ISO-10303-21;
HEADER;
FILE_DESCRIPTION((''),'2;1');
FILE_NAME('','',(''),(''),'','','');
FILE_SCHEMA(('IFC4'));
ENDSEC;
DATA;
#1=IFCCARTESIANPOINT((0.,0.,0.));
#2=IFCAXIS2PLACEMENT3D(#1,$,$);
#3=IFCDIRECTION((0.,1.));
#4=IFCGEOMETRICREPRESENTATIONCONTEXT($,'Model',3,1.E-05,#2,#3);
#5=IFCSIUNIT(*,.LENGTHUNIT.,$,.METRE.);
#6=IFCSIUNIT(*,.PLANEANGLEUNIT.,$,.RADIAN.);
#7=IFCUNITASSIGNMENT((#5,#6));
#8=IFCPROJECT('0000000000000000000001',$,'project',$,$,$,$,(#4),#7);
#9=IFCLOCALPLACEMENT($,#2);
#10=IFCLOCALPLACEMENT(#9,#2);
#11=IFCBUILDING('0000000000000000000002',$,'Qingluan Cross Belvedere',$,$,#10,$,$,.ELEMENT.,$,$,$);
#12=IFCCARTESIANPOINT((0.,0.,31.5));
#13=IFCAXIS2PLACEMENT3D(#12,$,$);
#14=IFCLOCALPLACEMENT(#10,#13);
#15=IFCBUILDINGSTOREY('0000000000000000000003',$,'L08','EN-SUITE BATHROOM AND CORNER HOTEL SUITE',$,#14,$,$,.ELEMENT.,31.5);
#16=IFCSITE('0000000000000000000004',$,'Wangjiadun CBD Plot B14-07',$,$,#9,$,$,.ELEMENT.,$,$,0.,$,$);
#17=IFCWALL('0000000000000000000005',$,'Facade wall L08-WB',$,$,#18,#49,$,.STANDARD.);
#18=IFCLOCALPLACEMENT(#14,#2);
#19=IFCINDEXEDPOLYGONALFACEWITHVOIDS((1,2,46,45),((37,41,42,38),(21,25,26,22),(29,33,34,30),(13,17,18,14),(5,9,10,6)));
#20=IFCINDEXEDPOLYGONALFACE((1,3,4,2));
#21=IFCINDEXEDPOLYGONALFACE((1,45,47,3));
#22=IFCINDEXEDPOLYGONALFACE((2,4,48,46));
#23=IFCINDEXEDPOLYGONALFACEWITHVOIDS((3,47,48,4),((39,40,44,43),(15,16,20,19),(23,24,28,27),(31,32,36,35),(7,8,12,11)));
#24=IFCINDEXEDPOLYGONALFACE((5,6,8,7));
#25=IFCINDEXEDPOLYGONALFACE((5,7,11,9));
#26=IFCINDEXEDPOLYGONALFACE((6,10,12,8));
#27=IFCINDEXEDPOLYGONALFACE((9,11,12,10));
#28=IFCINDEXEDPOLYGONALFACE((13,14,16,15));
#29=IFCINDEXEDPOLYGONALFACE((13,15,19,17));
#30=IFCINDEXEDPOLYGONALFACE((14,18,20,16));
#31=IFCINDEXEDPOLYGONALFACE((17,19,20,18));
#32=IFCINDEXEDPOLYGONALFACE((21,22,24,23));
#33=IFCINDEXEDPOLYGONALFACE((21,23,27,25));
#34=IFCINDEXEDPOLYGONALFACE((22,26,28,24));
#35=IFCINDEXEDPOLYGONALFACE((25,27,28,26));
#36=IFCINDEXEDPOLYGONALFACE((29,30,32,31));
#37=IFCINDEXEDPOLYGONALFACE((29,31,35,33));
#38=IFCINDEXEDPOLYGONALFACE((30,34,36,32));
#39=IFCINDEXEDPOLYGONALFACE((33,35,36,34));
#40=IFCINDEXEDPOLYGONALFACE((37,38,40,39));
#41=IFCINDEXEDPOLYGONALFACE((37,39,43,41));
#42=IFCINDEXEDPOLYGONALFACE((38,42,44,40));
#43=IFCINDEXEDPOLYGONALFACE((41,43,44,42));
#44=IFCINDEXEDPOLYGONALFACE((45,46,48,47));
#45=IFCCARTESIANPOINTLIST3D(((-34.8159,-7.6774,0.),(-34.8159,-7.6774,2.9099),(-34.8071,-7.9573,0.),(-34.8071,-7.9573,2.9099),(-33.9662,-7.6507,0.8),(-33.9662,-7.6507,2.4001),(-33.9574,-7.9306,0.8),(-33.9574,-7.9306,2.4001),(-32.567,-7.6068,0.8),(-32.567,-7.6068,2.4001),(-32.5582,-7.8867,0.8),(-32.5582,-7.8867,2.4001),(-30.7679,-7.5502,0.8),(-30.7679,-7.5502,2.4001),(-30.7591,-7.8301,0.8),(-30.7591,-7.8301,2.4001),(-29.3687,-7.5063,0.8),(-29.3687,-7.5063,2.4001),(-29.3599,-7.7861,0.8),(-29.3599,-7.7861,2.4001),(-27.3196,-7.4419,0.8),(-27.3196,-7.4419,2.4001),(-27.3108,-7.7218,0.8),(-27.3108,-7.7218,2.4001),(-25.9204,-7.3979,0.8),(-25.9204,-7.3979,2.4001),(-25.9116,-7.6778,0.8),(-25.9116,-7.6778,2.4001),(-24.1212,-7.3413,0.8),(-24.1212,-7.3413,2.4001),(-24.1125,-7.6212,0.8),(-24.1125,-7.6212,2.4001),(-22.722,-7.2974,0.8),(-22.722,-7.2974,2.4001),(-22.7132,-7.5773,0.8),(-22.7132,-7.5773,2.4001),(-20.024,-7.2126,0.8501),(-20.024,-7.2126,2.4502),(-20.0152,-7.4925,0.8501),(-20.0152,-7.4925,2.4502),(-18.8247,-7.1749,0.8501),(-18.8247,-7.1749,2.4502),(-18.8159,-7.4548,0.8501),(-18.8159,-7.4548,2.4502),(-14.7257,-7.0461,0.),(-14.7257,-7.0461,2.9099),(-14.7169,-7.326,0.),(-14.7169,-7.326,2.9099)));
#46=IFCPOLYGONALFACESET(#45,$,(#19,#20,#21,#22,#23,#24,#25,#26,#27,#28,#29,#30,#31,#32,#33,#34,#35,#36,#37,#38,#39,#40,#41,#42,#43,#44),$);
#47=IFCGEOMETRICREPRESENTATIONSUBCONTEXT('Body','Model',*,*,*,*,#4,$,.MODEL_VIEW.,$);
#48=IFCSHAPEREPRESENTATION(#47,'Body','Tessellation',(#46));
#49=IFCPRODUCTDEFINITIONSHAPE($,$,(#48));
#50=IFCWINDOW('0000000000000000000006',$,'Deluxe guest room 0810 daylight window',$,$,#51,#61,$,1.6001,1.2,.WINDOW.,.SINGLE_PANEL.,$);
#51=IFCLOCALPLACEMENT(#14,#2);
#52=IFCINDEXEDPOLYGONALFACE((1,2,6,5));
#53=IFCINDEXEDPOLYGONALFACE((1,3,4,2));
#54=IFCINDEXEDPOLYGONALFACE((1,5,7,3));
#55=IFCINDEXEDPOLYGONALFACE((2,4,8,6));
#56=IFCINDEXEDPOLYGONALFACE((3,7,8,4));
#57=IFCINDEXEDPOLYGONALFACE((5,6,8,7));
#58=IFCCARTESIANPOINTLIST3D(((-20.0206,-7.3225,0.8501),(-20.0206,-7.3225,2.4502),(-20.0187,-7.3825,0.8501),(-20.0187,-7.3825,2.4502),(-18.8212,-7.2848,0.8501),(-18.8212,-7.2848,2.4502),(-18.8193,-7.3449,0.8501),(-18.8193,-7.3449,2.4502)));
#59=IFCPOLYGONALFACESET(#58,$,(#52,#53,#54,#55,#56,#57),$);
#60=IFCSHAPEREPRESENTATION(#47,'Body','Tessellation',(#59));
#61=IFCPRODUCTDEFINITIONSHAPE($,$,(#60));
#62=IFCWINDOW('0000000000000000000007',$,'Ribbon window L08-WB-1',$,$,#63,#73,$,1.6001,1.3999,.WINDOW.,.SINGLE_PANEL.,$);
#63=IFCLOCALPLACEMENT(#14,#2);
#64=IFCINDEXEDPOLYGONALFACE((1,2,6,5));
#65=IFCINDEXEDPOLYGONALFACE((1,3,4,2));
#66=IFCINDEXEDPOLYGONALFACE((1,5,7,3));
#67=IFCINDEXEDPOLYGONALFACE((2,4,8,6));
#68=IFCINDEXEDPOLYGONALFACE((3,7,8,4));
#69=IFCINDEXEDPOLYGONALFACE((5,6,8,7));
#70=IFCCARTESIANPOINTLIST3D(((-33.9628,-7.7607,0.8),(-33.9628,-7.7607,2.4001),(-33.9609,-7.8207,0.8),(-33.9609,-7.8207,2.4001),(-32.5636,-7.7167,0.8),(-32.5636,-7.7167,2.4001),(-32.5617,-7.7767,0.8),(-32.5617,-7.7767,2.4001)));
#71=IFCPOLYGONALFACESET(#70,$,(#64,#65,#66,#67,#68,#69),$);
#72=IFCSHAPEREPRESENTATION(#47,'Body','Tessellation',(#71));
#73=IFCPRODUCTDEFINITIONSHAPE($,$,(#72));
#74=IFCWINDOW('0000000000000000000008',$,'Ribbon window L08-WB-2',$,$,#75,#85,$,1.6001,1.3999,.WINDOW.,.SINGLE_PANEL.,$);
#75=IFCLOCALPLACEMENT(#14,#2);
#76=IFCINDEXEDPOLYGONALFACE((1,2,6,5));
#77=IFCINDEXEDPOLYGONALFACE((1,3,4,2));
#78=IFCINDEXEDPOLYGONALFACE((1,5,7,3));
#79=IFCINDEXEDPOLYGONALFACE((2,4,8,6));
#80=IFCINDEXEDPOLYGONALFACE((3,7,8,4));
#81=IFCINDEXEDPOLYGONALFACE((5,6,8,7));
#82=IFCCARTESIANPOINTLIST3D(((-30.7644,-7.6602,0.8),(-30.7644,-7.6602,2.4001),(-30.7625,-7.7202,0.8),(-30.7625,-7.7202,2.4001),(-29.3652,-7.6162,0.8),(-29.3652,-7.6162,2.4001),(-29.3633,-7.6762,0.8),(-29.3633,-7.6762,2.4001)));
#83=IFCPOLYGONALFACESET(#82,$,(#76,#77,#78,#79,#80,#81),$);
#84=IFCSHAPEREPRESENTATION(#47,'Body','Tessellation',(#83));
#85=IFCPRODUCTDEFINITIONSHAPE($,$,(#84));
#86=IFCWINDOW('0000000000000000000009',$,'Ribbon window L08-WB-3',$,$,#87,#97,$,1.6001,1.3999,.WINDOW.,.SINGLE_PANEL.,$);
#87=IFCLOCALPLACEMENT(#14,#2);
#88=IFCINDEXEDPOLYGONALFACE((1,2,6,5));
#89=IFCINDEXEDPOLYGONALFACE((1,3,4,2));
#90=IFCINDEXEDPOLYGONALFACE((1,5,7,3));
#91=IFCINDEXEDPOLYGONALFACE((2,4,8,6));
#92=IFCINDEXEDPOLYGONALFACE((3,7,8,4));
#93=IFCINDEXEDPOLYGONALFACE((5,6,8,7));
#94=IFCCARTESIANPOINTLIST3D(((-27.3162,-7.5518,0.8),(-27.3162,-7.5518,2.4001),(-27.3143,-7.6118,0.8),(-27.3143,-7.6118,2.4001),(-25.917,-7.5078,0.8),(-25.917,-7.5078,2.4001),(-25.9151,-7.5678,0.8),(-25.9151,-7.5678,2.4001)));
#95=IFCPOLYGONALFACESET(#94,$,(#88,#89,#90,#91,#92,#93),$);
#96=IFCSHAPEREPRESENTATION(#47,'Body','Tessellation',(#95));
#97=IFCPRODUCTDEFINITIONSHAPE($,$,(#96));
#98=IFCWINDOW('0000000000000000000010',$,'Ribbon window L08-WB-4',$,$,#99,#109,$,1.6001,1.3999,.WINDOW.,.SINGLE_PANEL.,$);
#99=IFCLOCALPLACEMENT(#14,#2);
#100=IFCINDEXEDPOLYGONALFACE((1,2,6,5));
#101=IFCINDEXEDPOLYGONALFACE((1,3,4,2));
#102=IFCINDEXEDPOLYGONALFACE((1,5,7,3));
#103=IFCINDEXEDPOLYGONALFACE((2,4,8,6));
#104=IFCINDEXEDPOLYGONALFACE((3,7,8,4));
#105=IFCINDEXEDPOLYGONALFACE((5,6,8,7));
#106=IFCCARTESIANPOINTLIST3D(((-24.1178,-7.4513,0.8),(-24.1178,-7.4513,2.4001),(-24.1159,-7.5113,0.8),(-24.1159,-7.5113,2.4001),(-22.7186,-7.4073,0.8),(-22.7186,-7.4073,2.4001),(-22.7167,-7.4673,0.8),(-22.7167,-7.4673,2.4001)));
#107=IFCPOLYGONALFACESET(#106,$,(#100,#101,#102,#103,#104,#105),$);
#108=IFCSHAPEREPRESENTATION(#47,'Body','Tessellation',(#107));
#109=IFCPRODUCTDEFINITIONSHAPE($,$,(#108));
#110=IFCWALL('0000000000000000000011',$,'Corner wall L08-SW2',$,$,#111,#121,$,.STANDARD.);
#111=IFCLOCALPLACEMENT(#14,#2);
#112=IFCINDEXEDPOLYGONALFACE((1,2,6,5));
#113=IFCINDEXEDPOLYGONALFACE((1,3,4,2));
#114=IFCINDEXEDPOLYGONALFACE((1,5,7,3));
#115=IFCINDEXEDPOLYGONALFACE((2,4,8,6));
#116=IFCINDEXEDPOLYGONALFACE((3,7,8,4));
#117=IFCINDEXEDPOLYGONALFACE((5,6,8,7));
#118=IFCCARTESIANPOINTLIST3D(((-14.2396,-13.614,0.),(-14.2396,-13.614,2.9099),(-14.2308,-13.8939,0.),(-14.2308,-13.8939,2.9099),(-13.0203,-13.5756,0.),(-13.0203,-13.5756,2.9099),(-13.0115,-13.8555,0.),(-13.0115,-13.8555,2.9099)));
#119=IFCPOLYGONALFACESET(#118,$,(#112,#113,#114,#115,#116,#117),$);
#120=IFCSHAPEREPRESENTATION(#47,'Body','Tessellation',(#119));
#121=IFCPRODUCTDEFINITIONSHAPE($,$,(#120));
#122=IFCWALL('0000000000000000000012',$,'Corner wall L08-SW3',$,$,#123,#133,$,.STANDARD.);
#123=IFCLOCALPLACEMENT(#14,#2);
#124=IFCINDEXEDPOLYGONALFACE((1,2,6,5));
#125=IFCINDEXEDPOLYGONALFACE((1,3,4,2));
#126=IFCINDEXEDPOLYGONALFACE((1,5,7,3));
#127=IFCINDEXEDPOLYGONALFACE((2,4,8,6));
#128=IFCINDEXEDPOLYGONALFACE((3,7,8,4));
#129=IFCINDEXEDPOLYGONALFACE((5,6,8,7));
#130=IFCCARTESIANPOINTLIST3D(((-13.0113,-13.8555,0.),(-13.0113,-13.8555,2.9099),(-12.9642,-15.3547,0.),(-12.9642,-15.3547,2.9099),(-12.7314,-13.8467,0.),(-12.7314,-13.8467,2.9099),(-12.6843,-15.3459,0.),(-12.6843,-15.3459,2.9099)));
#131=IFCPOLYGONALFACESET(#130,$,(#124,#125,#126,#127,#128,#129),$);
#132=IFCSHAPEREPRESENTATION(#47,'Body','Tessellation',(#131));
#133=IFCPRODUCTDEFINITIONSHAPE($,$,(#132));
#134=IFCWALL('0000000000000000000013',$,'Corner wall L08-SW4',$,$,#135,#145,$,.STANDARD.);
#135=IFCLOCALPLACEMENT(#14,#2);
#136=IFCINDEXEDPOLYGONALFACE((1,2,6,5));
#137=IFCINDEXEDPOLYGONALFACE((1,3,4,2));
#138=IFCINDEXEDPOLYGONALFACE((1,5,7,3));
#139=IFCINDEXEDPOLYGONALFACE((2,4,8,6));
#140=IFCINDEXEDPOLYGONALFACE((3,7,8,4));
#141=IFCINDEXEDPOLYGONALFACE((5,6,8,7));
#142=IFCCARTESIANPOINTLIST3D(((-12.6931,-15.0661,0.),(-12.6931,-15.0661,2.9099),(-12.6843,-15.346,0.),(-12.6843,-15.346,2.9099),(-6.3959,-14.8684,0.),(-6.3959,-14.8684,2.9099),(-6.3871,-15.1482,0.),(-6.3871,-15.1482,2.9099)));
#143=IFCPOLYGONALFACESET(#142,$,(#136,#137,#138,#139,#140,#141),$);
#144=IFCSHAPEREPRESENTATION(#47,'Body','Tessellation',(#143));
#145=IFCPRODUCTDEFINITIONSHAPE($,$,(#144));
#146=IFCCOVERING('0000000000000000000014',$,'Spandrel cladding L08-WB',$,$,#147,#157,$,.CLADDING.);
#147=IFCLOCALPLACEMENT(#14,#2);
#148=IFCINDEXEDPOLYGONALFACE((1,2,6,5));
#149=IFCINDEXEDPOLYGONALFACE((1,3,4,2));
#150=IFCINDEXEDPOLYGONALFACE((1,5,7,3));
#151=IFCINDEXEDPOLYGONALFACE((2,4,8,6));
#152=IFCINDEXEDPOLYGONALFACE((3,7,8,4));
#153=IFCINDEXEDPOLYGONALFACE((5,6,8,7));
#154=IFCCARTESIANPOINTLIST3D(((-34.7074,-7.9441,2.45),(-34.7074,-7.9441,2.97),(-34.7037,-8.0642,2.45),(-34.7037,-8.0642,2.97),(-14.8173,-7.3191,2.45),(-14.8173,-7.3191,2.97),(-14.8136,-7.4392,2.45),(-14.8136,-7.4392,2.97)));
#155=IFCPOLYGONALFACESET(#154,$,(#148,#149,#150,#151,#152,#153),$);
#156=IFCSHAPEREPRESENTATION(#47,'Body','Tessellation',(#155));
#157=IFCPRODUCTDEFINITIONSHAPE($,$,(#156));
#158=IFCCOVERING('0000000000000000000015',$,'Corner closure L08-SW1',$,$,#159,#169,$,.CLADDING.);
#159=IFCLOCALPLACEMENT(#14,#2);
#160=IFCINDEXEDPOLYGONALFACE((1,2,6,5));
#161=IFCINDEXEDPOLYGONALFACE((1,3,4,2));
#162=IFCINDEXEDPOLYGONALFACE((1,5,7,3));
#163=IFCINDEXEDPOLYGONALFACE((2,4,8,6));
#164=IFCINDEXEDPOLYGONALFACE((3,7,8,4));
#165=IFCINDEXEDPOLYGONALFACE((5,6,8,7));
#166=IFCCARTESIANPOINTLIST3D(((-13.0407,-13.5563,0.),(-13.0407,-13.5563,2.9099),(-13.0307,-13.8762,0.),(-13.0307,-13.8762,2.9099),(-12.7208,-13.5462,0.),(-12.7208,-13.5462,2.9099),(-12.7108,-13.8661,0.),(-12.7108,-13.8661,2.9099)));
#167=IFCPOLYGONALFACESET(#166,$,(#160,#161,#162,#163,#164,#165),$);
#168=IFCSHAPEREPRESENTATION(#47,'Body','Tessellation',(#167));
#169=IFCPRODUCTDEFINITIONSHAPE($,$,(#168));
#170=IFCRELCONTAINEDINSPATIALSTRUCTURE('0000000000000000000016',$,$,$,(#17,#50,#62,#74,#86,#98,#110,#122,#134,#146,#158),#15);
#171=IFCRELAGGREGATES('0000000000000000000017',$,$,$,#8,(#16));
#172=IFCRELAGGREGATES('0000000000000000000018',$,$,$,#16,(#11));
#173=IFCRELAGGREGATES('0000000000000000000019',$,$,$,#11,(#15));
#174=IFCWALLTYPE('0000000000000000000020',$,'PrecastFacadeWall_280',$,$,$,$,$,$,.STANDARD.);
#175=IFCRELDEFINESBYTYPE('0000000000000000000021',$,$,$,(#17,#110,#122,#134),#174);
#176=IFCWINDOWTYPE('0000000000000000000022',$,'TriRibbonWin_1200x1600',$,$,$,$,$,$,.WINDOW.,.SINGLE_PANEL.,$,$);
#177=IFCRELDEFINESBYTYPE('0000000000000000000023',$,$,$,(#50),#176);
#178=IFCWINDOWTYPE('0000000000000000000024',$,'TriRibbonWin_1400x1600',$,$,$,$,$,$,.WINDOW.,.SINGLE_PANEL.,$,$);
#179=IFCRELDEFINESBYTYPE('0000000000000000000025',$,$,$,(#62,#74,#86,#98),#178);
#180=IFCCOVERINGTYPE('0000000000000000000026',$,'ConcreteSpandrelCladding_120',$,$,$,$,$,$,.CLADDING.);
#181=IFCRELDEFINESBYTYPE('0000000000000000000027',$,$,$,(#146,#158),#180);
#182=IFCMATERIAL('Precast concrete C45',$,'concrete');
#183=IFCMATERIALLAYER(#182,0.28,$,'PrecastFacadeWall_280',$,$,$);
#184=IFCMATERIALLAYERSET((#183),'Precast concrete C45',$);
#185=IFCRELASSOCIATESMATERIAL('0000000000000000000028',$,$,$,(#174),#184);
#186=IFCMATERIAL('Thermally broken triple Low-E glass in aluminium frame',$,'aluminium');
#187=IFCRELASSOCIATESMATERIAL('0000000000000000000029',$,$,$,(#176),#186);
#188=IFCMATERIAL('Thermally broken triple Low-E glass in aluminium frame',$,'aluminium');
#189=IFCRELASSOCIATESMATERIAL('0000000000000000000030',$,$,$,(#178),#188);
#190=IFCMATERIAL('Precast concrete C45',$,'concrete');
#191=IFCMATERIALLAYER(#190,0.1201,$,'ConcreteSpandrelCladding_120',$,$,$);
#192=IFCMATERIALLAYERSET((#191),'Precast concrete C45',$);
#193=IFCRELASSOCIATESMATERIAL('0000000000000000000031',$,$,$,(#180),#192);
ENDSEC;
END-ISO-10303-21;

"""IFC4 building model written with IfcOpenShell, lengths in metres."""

from ifc_helpers import new_model, si_unit, direction, frame, frame_2d, origin, origin_2d, place, context, subcontext, project, spatial, rectangle, extrude, material, layer, layer_set, type_object, element, fill, save


model = new_model("IFC4")

# Units and contexts
model_context = context("Model", 3, precision=1e-05, world=origin(), true_north=direction((0.0, 1.0)))
body_context = subcontext(model_context, "Body", "Model", "MODEL_VIEW")
ifc_project = project(units=[si_unit("LENGTHUNIT", "METRE"), si_unit("PLANEANGLEUNIT", "RADIAN")], contexts=[model_context])

# Site, building, storey
site_placement = place(None, origin())
site = spatial("IfcSite", under=ifc_project, at=site_placement, Name="Wangjiadun CBD Plot B14-07", CompositionType="ELEMENT", RefElevation=0.0)
building_placement = place(site_placement, origin())
building = spatial("IfcBuilding", under=site, at=building_placement, Name="Qingluan Cross Belvedere", CompositionType="ELEMENT")
storey_placement = place(building_placement, frame((0.0, 0.0, 31.5)))
storey = spatial("IfcBuildingStorey", under=building, at=storey_placement, Name="L08", Description="EN-SUITE BATHROOM AND CORNER HOTEL SUITE", CompositionType="ELEMENT", Elevation=31.5)

# Wall, openings, windows
ifc_material_1 = material(Name="Precast concrete C45", Category="concrete")
ifc_layer_1 = layer(ifc_material_1, 0.28, Name="PrecastFacadeWall_280")
ifc_layer_set_1 = layer_set([ifc_layer_1], Name="Precast concrete C45")
wall_type_1 = type_object("IfcWallType", Name="PrecastFacadeWall_280", PredefinedType="STANDARD", material=ifc_layer_set_1)
wall_1_placement = place(storey_placement, frame((-34.8115, -7.8174, 0.0), z_axis=(0.0, 0.0, 1.0), x_axis=(0.999507, 0.03141, 0.0)))
wall_1 = element("IfcWall", 1, at=wall_1_placement, inside=storey, type_object=wall_type_1, Name="Facade wall L08-WB", PredefinedType="STANDARD", context=body_context, shape_type="SweptSolid", body=[
    extrude(rectangle(XDim=20.1001, YDim=0.28, at=frame_2d((10.05, 0.0))), origin(), (0.0, 0.0, 1.0), 2.9099),
])
opening_1_placement = place(wall_1_placement, frame((0.8501, 0.0, 0.8)))
opening_1 = element("IfcOpeningElement", 2, at=opening_1_placement, cuts=wall_1, PredefinedType="OPENING", context=body_context, shape_type="SweptSolid", body=[
    extrude(rectangle(XDim=1.3999, YDim=1.6001, at=frame_2d((0.7, 0.8))), frame((0.0, 0.1499, 0.0), z_axis=(0.0, -1.0, 0.0), x_axis=(1.0, 0.0, 0.0)), (0.0, 0.0, 1.0), 0.3),
])
opening_2_placement = place(wall_1_placement, frame((4.05, 0.0, 0.8)))
opening_2 = element("IfcOpeningElement", 3, at=opening_2_placement, cuts=wall_1, PredefinedType="OPENING", context=body_context, shape_type="SweptSolid", body=[
    extrude(rectangle(XDim=1.3999, YDim=1.6001, at=frame_2d((0.7, 0.8))), frame((0.0, 0.1499, 0.0), z_axis=(0.0, -1.0, 0.0), x_axis=(1.0, 0.0, 0.0)), (0.0, 0.0, 1.0), 0.3),
])
opening_3_placement = place(wall_1_placement, frame((7.5, 0.0, 0.8)))
opening_3 = element("IfcOpeningElement", 4, at=opening_3_placement, cuts=wall_1, PredefinedType="OPENING", context=body_context, shape_type="SweptSolid", body=[
    extrude(rectangle(XDim=1.3999, YDim=1.6001, at=frame_2d((0.7, 0.8))), frame((0.0, 0.1499, 0.0), z_axis=(0.0, -1.0, 0.0), x_axis=(1.0, 0.0, 0.0)), (0.0, 0.0, 1.0), 0.3),
])
opening_4_placement = place(wall_1_placement, frame((10.7, 0.0, 0.8)))
opening_4 = element("IfcOpeningElement", 5, at=opening_4_placement, cuts=wall_1, PredefinedType="OPENING", context=body_context, shape_type="SweptSolid", body=[
    extrude(rectangle(XDim=1.3999, YDim=1.6001, at=frame_2d((0.7, 0.8))), frame((0.0, 0.1499, 0.0), z_axis=(0.0, -1.0, 0.0), x_axis=(1.0, 0.0, 0.0)), (0.0, 0.0, 1.0), 0.3),
])
opening_5_placement = place(wall_1_placement, frame((14.7991, 0.0, 0.8501)))
opening_5 = element("IfcOpeningElement", 6, at=opening_5_placement, cuts=wall_1, PredefinedType="OPENING", context=body_context, shape_type="SweptSolid", body=[
    extrude(rectangle(XDim=1.2, YDim=1.6001, at=frame_2d((0.6001, 0.8))), frame((0.0, 0.1499, 0.0), z_axis=(0.0, -1.0, 0.0), x_axis=(1.0, 0.0, 0.0)), (0.0, 0.0, 1.0), 0.3),
])
ifc_material_2 = material(Name="Thermally broken triple Low-E glass in aluminium frame", Category="aluminium")
window_type_1 = type_object("IfcWindowType", Name="TriRibbonWin_1200x1600", PartitioningType="SINGLE_PANEL", PredefinedType="WINDOW", material=ifc_material_2)
window_1_placement = place(opening_5_placement, origin())
window_1 = element("IfcWindow", 7, at=window_1_placement, inside=storey, type_object=window_type_1, Name="Deluxe guest room 0810 daylight window", OverallHeight=1.6001, OverallWidth=1.2, PartitioningType="SINGLE_PANEL", PredefinedType="WINDOW", context=body_context, shape_type="SweptSolid", body=[
    extrude(rectangle(XDim=1.2, YDim=1.6001, at=frame_2d((0.6001, 0.8))), frame((0.0, 0.03, 0.0), z_axis=(0.0, -1.0, 0.0), x_axis=(1.0, 0.0, 0.0)), (0.0, 0.0, 1.0), 0.0601),
])
fill(opening_5, window_1)
ifc_material_3 = material(Name="Thermally broken triple Low-E glass in aluminium frame", Category="aluminium")
window_type_2 = type_object("IfcWindowType", Name="TriRibbonWin_1400x1600", PartitioningType="SINGLE_PANEL", PredefinedType="WINDOW", material=ifc_material_3)
window_2_placement = place(opening_1_placement, origin())
window_2 = element("IfcWindow", 8, at=window_2_placement, inside=storey, type_object=window_type_2, Name="Ribbon window L08-WB-1", OverallHeight=1.6001, OverallWidth=1.3999, PartitioningType="SINGLE_PANEL", PredefinedType="WINDOW", context=body_context, shape_type="SweptSolid", body=[
    extrude(rectangle(XDim=1.3999, YDim=1.6001, at=frame_2d((0.7, 0.8))), frame((0.0, 0.03, 0.0), z_axis=(0.0, -1.0, 0.0), x_axis=(1.0, 0.0, 0.0)), (0.0, 0.0, 1.0), 0.0601),
])
fill(opening_1, window_2)
window_3_placement = place(opening_2_placement, origin())
window_3 = element("IfcWindow", 9, at=window_3_placement, inside=storey, type_object=window_type_2, Name="Ribbon window L08-WB-2", OverallHeight=1.6001, OverallWidth=1.3999, PartitioningType="SINGLE_PANEL", PredefinedType="WINDOW", context=body_context, shape_type="SweptSolid", body=[
    extrude(rectangle(XDim=1.3999, YDim=1.6001, at=frame_2d((0.7, 0.8))), frame((0.0, 0.03, 0.0), z_axis=(0.0, -1.0, 0.0), x_axis=(1.0, 0.0, 0.0)), (0.0, 0.0, 1.0), 0.0601),
])
fill(opening_2, window_3)
window_4_placement = place(opening_3_placement, origin())
window_4 = element("IfcWindow", 10, at=window_4_placement, inside=storey, type_object=window_type_2, Name="Ribbon window L08-WB-3", OverallHeight=1.6001, OverallWidth=1.3999, PartitioningType="SINGLE_PANEL", PredefinedType="WINDOW", context=body_context, shape_type="SweptSolid", body=[
    extrude(rectangle(XDim=1.3999, YDim=1.6001, at=frame_2d((0.7, 0.8))), frame((0.0, 0.03, 0.0), z_axis=(0.0, -1.0, 0.0), x_axis=(1.0, 0.0, 0.0)), (0.0, 0.0, 1.0), 0.0601),
])
fill(opening_3, window_4)
window_5_placement = place(opening_4_placement, origin())
window_5 = element("IfcWindow", 11, at=window_5_placement, inside=storey, type_object=window_type_2, Name="Ribbon window L08-WB-4", OverallHeight=1.6001, OverallWidth=1.3999, PartitioningType="SINGLE_PANEL", PredefinedType="WINDOW", context=body_context, shape_type="SweptSolid", body=[
    extrude(rectangle(XDim=1.3999, YDim=1.6001, at=frame_2d((0.7, 0.8))), frame((0.0, 0.03, 0.0), z_axis=(0.0, -1.0, 0.0), x_axis=(1.0, 0.0, 0.0)), (0.0, 0.0, 1.0), 0.0601),
])
fill(opening_4, window_5)

# Walls
wall_2_placement = place(storey_placement, frame((-14.2351, -13.7539, 0.0), z_axis=(0.0, 0.0, 1.0), x_axis=(0.999506, 0.031416, 0.0)))
element("IfcWall", 12, at=wall_2_placement, inside=storey, type_object=wall_type_1, Name="Corner wall L08-SW2", PredefinedType="STANDARD", context=body_context, shape_type="SweptSolid", body=[
    extrude(rectangle(XDim=1.22, YDim=0.28, at=frame_2d((0.6099, 0.0))), origin(), (0.0, 0.0, 1.0), 2.9099),
])
wall_3_placement = place(storey_placement, frame((-12.8713, -13.8511, 0.0), z_axis=(0.0, 0.0, 1.0), x_axis=(0.031413, -0.999507, 0.0)))
element("IfcWall", 13, at=wall_3_placement, inside=storey, type_object=wall_type_1, Name="Corner wall L08-SW3", PredefinedType="STANDARD", context=body_context, shape_type="SweptSolid", body=[
    extrude(rectangle(XDim=1.5, YDim=0.28, at=frame_2d((0.75, 0.0))), origin(), (0.0, 0.0, 1.0), 2.9099),
])
wall_4_placement = place(storey_placement, frame((-12.6887, -15.2061, 0.0), z_axis=(0.0, 0.0, 1.0), x_axis=(0.999507, 0.031388, 0.0)))
element("IfcWall", 14, at=wall_4_placement, inside=storey, type_object=wall_type_1, Name="Corner wall L08-SW4", PredefinedType="STANDARD", context=body_context, shape_type="SweptSolid", body=[
    extrude(rectangle(XDim=6.3003, YDim=0.28, at=frame_2d((3.1501, 0.0))), origin(), (0.0, 0.0, 1.0), 2.9099),
])

# Coverings
ifc_material_4 = material(Name="Precast concrete C45", Category="concrete")
ifc_layer_2 = layer(ifc_material_4, 0.1201, Name="ConcreteSpandrelCladding_120")
ifc_layer_set_2 = layer_set([ifc_layer_2], Name="Precast concrete C45")
covering_type = type_object("IfcCoveringType", Name="ConcreteSpandrelCladding_120", PredefinedType="CLADDING", material=ifc_layer_set_2)
covering_1_placement = place(storey_placement, frame((-24.7605, -7.6917, 2.45), z_axis=(0.0, 0.0, 1.0), x_axis=(0.999507, 0.031408, 0.0)))
element("IfcCovering", 15, at=covering_1_placement, inside=storey, type_object=covering_type, Name="Spandrel cladding L08-WB", PredefinedType="CLADDING", context=body_context, shape_type="SweptSolid", body=[
    extrude(rectangle(XDim=19.8999, YDim=0.1201, at=origin_2d()), origin(), (0.0, 0.0, 1.0), 0.52),
])
covering_2_placement = place(storey_placement, frame((-12.8757, -13.7112, 0.0), z_axis=(0.0, 0.0, 1.0), x_axis=(0.999507, 0.031411, 0.0)))
element("IfcCovering", 16, at=covering_2_placement, inside=storey, type_object=covering_type, Name="Corner closure L08-SW1", PredefinedType="CLADDING", context=body_context, shape_type="SweptSolid", body=[
    extrude(rectangle(XDim=0.3201, YDim=0.3201, at=origin_2d()), origin(), (0.0, 0.0, 1.0), 2.9099),
])

save(model, "model.ifc")
